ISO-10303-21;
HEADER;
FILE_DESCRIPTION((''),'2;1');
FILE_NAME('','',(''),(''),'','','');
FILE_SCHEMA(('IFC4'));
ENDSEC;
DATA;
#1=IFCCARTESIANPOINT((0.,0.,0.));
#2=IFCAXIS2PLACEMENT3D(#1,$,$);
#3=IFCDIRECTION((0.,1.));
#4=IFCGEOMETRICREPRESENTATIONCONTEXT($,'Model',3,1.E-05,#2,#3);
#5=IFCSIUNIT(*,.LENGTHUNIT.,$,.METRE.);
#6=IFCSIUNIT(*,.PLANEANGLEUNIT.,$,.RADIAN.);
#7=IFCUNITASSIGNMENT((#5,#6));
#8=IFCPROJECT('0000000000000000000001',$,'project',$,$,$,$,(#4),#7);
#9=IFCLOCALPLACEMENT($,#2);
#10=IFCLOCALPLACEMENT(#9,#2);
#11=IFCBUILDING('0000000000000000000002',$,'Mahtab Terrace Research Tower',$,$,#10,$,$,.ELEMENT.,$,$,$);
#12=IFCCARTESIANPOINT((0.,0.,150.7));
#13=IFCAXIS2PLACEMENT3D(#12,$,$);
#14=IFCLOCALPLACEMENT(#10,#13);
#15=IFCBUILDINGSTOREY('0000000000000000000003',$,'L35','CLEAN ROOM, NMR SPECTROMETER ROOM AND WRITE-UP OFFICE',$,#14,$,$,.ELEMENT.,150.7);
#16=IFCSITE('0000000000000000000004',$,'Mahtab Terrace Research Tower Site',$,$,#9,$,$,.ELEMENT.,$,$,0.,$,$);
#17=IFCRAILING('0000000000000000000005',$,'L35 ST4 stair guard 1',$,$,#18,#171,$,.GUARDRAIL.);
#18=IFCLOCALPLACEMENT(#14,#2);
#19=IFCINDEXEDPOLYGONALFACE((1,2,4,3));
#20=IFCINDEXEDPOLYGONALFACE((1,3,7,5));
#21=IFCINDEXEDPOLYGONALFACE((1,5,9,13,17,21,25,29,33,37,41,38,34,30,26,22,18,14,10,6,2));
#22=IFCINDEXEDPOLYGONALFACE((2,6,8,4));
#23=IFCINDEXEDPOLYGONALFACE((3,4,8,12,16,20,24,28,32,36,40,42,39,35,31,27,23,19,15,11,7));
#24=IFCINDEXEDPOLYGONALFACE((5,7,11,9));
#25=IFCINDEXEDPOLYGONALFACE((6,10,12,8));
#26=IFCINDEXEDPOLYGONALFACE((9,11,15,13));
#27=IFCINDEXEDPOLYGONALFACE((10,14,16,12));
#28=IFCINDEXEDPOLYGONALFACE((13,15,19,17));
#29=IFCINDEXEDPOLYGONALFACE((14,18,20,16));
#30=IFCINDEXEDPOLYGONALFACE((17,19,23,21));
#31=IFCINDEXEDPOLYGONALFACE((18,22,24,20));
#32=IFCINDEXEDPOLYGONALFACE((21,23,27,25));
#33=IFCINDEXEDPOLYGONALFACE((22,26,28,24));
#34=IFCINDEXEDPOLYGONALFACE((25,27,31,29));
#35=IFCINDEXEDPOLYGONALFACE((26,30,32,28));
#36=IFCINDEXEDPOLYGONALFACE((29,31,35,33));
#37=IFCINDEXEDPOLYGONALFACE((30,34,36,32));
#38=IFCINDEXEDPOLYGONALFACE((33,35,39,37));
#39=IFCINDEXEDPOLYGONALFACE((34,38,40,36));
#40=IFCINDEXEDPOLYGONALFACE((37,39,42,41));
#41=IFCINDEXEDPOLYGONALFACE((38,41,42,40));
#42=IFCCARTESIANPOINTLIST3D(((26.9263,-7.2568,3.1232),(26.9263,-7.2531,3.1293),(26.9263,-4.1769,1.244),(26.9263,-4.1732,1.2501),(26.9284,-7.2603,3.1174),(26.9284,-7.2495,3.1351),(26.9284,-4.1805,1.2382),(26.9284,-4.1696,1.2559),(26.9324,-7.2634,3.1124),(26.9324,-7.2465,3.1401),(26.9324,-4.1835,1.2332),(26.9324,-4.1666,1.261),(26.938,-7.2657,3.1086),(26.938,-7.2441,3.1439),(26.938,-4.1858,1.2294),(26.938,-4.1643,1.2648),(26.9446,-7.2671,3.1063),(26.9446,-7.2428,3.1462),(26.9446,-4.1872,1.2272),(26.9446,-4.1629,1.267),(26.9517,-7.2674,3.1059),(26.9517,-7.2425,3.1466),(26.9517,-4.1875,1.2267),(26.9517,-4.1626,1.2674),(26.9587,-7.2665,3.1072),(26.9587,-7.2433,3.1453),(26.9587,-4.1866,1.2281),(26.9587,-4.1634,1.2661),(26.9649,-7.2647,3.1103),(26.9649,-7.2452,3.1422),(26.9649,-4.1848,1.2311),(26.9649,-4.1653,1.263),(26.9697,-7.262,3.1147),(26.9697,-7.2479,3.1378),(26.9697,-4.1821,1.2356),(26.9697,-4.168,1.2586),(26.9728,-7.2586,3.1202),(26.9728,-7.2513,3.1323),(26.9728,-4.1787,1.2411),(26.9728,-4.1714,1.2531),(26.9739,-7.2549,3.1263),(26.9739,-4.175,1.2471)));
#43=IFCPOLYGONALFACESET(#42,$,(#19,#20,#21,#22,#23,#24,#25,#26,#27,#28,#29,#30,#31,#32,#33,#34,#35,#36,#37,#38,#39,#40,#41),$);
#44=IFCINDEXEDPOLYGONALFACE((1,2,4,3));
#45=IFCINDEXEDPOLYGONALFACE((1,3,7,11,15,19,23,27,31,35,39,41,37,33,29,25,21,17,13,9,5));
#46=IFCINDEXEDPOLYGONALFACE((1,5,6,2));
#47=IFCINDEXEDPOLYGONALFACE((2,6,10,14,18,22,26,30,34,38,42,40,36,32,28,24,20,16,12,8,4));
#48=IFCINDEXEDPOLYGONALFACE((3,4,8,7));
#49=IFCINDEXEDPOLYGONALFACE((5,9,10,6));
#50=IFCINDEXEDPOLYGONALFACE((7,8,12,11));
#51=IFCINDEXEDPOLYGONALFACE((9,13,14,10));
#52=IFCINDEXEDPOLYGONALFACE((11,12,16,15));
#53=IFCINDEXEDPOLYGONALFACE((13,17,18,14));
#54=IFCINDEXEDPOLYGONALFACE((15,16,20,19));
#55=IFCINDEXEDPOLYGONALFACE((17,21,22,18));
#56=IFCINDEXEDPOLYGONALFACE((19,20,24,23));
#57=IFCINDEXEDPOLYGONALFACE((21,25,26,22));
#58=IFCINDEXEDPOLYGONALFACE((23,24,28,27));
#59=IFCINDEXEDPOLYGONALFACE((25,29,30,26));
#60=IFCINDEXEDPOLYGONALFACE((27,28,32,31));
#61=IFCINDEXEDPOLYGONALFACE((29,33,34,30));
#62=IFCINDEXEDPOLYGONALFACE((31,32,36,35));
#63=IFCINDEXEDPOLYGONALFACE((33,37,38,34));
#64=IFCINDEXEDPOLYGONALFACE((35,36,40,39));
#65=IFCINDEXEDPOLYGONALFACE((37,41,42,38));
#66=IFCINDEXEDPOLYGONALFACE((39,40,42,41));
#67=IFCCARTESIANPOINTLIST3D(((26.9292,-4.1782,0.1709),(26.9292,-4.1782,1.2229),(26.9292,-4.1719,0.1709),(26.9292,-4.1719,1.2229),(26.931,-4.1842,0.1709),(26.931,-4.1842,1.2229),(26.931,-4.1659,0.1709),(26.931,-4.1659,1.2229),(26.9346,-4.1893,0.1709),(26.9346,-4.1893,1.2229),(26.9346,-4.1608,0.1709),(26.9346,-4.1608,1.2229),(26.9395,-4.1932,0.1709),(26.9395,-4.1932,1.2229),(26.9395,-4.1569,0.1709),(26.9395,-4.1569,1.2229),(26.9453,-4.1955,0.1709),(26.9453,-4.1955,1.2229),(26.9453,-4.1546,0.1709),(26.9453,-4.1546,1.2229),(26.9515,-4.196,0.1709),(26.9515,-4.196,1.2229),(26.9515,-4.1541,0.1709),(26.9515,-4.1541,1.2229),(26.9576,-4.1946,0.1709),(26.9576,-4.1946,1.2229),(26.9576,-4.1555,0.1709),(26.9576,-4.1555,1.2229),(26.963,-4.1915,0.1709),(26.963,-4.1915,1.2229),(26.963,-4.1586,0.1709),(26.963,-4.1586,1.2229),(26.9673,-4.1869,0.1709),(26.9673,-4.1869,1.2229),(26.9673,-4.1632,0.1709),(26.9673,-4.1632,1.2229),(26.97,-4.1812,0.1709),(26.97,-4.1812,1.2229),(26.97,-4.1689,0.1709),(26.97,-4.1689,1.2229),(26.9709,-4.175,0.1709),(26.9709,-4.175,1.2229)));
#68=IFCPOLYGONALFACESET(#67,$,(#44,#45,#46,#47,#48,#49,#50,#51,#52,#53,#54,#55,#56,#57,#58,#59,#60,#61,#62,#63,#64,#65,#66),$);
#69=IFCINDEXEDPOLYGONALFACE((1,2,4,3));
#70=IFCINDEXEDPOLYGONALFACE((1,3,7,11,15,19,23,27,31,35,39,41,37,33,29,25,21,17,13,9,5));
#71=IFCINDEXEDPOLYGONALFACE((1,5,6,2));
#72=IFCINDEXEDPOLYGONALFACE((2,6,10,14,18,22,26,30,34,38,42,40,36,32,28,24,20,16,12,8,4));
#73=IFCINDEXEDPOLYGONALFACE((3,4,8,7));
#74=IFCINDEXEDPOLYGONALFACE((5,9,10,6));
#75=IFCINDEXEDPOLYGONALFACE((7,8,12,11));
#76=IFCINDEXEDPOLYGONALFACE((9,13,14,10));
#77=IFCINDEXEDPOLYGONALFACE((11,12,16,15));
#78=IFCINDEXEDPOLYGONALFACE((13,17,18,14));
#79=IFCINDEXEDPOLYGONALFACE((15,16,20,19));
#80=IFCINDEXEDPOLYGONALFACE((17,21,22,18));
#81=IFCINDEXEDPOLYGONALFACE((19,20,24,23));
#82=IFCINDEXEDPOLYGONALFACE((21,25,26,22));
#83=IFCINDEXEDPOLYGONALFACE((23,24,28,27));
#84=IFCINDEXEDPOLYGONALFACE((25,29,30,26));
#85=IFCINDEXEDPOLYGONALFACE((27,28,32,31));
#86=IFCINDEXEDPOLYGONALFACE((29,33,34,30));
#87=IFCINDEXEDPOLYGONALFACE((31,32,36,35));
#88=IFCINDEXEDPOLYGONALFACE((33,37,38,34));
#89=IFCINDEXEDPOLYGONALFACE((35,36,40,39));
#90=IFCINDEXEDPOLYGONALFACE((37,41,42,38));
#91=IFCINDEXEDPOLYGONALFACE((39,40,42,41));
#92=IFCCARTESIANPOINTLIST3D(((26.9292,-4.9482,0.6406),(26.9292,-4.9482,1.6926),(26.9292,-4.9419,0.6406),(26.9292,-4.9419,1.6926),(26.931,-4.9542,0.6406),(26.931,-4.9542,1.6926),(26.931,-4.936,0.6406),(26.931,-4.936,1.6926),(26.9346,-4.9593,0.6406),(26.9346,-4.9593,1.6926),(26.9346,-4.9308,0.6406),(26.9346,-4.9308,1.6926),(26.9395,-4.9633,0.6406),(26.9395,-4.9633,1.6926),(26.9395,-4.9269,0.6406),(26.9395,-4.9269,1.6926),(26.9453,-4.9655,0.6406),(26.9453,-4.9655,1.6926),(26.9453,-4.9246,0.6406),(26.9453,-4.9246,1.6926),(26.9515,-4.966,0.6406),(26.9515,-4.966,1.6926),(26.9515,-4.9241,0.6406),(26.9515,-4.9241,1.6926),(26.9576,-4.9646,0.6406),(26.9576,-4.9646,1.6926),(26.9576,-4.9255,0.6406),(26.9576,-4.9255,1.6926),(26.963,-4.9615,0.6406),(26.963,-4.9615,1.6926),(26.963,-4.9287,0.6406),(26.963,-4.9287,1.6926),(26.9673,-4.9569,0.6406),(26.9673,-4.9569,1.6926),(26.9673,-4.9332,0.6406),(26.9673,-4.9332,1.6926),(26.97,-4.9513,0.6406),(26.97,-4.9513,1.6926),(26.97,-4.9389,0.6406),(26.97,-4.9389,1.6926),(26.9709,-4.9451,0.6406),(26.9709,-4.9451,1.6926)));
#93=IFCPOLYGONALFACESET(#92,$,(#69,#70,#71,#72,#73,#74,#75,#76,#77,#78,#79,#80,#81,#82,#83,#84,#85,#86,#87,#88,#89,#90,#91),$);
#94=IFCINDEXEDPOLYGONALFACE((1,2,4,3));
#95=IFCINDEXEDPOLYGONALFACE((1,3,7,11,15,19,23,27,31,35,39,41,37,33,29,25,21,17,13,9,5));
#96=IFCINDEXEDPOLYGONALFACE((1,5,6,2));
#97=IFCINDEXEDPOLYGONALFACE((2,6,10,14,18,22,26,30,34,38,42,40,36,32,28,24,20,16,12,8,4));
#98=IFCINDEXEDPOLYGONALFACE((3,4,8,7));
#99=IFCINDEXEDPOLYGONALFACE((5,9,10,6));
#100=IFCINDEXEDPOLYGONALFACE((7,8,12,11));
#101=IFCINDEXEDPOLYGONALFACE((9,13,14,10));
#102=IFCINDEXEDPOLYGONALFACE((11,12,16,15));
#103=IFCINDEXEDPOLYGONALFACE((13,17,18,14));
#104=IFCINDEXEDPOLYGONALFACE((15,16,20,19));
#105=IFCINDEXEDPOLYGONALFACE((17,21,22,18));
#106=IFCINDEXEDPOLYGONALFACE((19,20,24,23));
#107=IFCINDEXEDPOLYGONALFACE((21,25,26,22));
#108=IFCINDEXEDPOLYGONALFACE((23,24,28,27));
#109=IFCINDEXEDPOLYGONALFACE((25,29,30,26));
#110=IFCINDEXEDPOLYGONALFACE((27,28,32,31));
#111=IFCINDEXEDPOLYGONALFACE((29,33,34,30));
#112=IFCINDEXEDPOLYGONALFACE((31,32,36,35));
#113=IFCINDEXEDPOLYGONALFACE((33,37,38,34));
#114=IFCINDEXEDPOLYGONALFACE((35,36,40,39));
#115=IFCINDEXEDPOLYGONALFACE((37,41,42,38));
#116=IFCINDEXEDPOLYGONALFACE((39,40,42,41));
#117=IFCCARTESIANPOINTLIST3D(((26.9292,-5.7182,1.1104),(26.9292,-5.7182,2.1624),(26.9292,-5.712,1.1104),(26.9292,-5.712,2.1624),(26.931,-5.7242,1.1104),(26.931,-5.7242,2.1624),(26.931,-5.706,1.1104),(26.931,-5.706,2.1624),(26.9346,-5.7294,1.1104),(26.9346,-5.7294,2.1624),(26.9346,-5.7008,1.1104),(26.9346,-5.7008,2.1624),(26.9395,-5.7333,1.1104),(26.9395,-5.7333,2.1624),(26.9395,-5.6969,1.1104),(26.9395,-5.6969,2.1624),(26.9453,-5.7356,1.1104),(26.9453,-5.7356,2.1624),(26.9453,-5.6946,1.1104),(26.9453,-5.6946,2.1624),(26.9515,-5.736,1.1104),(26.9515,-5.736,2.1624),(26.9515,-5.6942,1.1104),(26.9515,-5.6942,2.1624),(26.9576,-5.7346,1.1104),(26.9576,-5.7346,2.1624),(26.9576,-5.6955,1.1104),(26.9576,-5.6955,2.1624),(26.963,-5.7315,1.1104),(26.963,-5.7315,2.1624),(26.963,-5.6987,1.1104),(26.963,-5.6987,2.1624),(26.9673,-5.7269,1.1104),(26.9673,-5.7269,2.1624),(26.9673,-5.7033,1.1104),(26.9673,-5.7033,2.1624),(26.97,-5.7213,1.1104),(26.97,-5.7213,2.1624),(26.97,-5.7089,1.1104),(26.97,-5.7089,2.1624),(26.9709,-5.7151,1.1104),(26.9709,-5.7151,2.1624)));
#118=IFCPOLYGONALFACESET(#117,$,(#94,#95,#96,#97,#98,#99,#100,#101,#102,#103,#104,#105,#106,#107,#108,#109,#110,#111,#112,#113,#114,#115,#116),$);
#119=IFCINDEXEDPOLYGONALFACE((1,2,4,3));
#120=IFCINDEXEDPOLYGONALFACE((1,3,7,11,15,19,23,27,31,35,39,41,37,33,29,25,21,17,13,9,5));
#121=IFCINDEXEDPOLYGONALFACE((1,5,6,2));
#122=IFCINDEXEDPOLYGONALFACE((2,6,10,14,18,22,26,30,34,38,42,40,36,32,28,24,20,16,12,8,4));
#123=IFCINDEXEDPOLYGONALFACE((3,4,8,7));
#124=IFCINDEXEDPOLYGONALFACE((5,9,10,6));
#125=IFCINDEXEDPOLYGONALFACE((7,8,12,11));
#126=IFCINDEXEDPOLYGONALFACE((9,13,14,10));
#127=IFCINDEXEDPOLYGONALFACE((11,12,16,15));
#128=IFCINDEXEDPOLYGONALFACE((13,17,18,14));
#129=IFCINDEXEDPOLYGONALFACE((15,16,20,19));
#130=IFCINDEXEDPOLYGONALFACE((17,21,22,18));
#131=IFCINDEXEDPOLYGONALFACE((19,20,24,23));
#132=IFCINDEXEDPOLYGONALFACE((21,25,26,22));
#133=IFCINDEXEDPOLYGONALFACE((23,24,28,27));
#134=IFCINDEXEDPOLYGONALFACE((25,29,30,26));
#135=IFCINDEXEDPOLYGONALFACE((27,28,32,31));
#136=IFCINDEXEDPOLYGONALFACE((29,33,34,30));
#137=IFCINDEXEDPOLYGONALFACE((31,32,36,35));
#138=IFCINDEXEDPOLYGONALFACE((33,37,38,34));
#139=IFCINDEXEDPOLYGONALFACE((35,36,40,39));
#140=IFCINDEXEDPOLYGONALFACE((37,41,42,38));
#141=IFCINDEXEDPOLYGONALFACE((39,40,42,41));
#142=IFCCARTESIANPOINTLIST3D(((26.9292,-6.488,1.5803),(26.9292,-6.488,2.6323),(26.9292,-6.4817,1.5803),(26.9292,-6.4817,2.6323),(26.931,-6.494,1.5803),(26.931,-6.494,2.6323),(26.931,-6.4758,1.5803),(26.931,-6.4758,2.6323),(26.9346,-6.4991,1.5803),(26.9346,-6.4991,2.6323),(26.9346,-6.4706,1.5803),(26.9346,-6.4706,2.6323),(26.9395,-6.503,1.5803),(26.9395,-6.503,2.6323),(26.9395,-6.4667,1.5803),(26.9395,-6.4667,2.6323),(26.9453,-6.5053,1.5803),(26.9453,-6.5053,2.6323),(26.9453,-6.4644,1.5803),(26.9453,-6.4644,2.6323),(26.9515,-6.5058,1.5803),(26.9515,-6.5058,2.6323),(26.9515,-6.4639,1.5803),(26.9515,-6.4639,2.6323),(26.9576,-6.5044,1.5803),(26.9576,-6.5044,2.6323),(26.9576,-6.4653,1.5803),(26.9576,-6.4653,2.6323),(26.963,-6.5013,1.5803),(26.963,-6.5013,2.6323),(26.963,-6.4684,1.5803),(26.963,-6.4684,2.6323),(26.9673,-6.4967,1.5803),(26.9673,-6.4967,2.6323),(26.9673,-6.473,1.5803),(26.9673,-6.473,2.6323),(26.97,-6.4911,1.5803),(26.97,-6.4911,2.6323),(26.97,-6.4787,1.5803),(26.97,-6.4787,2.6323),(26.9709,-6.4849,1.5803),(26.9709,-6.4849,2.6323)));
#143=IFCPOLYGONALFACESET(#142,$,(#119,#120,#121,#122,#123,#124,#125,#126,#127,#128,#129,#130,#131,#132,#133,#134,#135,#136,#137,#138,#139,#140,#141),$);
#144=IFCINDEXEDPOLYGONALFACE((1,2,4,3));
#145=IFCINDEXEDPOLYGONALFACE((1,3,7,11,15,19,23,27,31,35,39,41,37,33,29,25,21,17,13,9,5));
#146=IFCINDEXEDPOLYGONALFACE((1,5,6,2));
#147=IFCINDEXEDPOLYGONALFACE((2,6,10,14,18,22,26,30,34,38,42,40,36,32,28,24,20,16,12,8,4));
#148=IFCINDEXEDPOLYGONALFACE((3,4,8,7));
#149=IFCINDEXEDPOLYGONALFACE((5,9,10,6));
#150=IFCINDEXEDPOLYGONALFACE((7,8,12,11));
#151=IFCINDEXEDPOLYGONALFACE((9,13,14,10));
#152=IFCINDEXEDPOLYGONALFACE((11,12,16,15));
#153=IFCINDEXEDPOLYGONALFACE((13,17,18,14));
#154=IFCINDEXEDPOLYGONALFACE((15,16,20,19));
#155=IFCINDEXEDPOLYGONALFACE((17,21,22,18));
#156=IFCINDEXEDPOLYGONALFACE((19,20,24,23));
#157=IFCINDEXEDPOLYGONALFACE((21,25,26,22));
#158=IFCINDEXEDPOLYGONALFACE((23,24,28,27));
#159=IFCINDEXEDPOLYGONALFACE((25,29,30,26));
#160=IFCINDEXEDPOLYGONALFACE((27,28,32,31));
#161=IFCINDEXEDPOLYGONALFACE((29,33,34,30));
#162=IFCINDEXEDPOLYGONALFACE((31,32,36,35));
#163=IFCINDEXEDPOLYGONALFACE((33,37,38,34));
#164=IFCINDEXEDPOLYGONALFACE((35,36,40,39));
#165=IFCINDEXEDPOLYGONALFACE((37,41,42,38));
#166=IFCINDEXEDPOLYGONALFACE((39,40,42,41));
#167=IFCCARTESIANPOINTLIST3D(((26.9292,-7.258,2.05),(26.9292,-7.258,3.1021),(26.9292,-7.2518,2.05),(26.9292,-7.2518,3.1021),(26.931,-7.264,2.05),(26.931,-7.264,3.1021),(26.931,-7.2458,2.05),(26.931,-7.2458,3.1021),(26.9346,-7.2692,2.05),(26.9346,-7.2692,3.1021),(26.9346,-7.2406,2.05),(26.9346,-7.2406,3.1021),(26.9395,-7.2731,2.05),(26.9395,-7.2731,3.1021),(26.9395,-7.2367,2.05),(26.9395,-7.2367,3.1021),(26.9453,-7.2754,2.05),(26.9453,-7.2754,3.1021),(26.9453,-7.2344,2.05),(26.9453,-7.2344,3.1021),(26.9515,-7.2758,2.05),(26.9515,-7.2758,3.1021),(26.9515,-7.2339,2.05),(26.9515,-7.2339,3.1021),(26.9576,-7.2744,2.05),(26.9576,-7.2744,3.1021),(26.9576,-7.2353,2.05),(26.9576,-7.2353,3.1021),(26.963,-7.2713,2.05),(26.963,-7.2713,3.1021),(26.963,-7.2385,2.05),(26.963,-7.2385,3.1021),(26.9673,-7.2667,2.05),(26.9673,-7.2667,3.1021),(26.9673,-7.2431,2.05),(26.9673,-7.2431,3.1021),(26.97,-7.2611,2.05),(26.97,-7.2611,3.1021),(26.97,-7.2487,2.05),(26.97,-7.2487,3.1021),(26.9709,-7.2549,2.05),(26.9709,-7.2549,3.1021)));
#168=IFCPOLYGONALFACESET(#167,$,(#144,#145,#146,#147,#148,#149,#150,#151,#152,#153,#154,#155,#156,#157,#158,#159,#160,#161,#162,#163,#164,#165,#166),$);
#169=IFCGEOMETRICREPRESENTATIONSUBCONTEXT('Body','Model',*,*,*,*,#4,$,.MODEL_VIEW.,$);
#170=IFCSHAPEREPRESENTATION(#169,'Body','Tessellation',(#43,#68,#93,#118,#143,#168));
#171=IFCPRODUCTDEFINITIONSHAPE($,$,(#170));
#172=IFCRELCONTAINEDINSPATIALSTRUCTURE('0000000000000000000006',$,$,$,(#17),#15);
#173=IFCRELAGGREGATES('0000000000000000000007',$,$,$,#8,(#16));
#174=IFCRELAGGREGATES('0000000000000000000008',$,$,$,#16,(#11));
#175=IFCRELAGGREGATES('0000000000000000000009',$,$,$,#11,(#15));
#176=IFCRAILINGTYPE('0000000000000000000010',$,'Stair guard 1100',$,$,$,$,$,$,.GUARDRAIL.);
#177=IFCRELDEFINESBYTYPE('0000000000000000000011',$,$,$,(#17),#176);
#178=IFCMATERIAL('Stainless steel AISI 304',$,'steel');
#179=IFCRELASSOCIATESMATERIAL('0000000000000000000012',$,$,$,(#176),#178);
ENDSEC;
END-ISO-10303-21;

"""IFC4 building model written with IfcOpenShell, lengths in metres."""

from ifc_helpers import new_model, si_unit, direction, frame, origin, origin_2d, place, context, subcontext, project, spatial, circle, extrude, material, type_object, element, save


model = new_model("IFC4")

# Units and contexts
model_context = context("Model", 3, precision=1e-05, world=origin(), true_north=direction((0.0, 1.0)))
body_context = subcontext(model_context, "Body", "Model", "MODEL_VIEW")
ifc_project = project(units=[si_unit("LENGTHUNIT", "METRE"), si_unit("PLANEANGLEUNIT", "RADIAN")], contexts=[model_context])

# Site, building, storey
site_placement = place(None, origin())
site = spatial("IfcSite", under=ifc_project, at=site_placement, Name="Mahtab Terrace Research Tower Site", CompositionType="ELEMENT", RefElevation=0.0)
building_placement = place(site_placement, origin())
building = spatial("IfcBuilding", under=site, at=building_placement, Name="Mahtab Terrace Research Tower", CompositionType="ELEMENT")
storey_placement = place(building_placement, frame((0.0, 0.0, 150.7)))
storey = spatial("IfcBuildingStorey", under=building, at=storey_placement, Name="L35", Description="CLEAN ROOM, NMR SPECTROMETER ROOM AND WRITE-UP OFFICE", CompositionType="ELEMENT", Elevation=150.7)

# Railing
ifc_material_1 = material(Name="Stainless steel AISI 304", Category="steel")
railing_type_1 = type_object("IfcRailingType", Name="Stair guard 1100", PredefinedType="GUARDRAIL", material=ifc_material_1)
railing_1_placement = place(storey_placement, frame((26.95, -4.175, 0.1709)))
element("IfcRailing", 1, at=railing_1_placement, inside=storey, type_object=railing_type_1, Name="L35 ST4 stair guard 1", PredefinedType="GUARDRAIL", context=body_context, shape_type="SweptSolid", body=[
    extrude(circle(Radius=0.0239, at=origin_2d()), frame((0.0, 0.0, 1.0762), z_axis=(0.0, -0.853648, 0.52085), x_axis=(1.0, 0.0, 0.0)), (0.0, 0.0, 1.0), 3.6079),
    extrude(circle(Radius=0.021, at=origin_2d()), origin(), (0.0, 0.0, 1.0), 1.052),
    extrude(circle(Radius=0.021, at=origin_2d()), frame((0.0, -0.77, 0.4697)), (0.0, 0.0, 1.0), 1.052),
    extrude(circle(Radius=0.021, at=origin_2d()), frame((0.0, -1.54, 0.9395)), (0.0, 0.0, 1.0), 1.052),
    extrude(circle(Radius=0.021, at=origin_2d()), frame((0.0, -2.3098, 1.4094)), (0.0, 0.0, 1.0), 1.052),
    extrude(circle(Radius=0.021, at=origin_2d()), frame((0.0, -3.0798, 1.8792)), (0.0, 0.0, 1.0), 1.052),
])

save(model, "model.ifc")
